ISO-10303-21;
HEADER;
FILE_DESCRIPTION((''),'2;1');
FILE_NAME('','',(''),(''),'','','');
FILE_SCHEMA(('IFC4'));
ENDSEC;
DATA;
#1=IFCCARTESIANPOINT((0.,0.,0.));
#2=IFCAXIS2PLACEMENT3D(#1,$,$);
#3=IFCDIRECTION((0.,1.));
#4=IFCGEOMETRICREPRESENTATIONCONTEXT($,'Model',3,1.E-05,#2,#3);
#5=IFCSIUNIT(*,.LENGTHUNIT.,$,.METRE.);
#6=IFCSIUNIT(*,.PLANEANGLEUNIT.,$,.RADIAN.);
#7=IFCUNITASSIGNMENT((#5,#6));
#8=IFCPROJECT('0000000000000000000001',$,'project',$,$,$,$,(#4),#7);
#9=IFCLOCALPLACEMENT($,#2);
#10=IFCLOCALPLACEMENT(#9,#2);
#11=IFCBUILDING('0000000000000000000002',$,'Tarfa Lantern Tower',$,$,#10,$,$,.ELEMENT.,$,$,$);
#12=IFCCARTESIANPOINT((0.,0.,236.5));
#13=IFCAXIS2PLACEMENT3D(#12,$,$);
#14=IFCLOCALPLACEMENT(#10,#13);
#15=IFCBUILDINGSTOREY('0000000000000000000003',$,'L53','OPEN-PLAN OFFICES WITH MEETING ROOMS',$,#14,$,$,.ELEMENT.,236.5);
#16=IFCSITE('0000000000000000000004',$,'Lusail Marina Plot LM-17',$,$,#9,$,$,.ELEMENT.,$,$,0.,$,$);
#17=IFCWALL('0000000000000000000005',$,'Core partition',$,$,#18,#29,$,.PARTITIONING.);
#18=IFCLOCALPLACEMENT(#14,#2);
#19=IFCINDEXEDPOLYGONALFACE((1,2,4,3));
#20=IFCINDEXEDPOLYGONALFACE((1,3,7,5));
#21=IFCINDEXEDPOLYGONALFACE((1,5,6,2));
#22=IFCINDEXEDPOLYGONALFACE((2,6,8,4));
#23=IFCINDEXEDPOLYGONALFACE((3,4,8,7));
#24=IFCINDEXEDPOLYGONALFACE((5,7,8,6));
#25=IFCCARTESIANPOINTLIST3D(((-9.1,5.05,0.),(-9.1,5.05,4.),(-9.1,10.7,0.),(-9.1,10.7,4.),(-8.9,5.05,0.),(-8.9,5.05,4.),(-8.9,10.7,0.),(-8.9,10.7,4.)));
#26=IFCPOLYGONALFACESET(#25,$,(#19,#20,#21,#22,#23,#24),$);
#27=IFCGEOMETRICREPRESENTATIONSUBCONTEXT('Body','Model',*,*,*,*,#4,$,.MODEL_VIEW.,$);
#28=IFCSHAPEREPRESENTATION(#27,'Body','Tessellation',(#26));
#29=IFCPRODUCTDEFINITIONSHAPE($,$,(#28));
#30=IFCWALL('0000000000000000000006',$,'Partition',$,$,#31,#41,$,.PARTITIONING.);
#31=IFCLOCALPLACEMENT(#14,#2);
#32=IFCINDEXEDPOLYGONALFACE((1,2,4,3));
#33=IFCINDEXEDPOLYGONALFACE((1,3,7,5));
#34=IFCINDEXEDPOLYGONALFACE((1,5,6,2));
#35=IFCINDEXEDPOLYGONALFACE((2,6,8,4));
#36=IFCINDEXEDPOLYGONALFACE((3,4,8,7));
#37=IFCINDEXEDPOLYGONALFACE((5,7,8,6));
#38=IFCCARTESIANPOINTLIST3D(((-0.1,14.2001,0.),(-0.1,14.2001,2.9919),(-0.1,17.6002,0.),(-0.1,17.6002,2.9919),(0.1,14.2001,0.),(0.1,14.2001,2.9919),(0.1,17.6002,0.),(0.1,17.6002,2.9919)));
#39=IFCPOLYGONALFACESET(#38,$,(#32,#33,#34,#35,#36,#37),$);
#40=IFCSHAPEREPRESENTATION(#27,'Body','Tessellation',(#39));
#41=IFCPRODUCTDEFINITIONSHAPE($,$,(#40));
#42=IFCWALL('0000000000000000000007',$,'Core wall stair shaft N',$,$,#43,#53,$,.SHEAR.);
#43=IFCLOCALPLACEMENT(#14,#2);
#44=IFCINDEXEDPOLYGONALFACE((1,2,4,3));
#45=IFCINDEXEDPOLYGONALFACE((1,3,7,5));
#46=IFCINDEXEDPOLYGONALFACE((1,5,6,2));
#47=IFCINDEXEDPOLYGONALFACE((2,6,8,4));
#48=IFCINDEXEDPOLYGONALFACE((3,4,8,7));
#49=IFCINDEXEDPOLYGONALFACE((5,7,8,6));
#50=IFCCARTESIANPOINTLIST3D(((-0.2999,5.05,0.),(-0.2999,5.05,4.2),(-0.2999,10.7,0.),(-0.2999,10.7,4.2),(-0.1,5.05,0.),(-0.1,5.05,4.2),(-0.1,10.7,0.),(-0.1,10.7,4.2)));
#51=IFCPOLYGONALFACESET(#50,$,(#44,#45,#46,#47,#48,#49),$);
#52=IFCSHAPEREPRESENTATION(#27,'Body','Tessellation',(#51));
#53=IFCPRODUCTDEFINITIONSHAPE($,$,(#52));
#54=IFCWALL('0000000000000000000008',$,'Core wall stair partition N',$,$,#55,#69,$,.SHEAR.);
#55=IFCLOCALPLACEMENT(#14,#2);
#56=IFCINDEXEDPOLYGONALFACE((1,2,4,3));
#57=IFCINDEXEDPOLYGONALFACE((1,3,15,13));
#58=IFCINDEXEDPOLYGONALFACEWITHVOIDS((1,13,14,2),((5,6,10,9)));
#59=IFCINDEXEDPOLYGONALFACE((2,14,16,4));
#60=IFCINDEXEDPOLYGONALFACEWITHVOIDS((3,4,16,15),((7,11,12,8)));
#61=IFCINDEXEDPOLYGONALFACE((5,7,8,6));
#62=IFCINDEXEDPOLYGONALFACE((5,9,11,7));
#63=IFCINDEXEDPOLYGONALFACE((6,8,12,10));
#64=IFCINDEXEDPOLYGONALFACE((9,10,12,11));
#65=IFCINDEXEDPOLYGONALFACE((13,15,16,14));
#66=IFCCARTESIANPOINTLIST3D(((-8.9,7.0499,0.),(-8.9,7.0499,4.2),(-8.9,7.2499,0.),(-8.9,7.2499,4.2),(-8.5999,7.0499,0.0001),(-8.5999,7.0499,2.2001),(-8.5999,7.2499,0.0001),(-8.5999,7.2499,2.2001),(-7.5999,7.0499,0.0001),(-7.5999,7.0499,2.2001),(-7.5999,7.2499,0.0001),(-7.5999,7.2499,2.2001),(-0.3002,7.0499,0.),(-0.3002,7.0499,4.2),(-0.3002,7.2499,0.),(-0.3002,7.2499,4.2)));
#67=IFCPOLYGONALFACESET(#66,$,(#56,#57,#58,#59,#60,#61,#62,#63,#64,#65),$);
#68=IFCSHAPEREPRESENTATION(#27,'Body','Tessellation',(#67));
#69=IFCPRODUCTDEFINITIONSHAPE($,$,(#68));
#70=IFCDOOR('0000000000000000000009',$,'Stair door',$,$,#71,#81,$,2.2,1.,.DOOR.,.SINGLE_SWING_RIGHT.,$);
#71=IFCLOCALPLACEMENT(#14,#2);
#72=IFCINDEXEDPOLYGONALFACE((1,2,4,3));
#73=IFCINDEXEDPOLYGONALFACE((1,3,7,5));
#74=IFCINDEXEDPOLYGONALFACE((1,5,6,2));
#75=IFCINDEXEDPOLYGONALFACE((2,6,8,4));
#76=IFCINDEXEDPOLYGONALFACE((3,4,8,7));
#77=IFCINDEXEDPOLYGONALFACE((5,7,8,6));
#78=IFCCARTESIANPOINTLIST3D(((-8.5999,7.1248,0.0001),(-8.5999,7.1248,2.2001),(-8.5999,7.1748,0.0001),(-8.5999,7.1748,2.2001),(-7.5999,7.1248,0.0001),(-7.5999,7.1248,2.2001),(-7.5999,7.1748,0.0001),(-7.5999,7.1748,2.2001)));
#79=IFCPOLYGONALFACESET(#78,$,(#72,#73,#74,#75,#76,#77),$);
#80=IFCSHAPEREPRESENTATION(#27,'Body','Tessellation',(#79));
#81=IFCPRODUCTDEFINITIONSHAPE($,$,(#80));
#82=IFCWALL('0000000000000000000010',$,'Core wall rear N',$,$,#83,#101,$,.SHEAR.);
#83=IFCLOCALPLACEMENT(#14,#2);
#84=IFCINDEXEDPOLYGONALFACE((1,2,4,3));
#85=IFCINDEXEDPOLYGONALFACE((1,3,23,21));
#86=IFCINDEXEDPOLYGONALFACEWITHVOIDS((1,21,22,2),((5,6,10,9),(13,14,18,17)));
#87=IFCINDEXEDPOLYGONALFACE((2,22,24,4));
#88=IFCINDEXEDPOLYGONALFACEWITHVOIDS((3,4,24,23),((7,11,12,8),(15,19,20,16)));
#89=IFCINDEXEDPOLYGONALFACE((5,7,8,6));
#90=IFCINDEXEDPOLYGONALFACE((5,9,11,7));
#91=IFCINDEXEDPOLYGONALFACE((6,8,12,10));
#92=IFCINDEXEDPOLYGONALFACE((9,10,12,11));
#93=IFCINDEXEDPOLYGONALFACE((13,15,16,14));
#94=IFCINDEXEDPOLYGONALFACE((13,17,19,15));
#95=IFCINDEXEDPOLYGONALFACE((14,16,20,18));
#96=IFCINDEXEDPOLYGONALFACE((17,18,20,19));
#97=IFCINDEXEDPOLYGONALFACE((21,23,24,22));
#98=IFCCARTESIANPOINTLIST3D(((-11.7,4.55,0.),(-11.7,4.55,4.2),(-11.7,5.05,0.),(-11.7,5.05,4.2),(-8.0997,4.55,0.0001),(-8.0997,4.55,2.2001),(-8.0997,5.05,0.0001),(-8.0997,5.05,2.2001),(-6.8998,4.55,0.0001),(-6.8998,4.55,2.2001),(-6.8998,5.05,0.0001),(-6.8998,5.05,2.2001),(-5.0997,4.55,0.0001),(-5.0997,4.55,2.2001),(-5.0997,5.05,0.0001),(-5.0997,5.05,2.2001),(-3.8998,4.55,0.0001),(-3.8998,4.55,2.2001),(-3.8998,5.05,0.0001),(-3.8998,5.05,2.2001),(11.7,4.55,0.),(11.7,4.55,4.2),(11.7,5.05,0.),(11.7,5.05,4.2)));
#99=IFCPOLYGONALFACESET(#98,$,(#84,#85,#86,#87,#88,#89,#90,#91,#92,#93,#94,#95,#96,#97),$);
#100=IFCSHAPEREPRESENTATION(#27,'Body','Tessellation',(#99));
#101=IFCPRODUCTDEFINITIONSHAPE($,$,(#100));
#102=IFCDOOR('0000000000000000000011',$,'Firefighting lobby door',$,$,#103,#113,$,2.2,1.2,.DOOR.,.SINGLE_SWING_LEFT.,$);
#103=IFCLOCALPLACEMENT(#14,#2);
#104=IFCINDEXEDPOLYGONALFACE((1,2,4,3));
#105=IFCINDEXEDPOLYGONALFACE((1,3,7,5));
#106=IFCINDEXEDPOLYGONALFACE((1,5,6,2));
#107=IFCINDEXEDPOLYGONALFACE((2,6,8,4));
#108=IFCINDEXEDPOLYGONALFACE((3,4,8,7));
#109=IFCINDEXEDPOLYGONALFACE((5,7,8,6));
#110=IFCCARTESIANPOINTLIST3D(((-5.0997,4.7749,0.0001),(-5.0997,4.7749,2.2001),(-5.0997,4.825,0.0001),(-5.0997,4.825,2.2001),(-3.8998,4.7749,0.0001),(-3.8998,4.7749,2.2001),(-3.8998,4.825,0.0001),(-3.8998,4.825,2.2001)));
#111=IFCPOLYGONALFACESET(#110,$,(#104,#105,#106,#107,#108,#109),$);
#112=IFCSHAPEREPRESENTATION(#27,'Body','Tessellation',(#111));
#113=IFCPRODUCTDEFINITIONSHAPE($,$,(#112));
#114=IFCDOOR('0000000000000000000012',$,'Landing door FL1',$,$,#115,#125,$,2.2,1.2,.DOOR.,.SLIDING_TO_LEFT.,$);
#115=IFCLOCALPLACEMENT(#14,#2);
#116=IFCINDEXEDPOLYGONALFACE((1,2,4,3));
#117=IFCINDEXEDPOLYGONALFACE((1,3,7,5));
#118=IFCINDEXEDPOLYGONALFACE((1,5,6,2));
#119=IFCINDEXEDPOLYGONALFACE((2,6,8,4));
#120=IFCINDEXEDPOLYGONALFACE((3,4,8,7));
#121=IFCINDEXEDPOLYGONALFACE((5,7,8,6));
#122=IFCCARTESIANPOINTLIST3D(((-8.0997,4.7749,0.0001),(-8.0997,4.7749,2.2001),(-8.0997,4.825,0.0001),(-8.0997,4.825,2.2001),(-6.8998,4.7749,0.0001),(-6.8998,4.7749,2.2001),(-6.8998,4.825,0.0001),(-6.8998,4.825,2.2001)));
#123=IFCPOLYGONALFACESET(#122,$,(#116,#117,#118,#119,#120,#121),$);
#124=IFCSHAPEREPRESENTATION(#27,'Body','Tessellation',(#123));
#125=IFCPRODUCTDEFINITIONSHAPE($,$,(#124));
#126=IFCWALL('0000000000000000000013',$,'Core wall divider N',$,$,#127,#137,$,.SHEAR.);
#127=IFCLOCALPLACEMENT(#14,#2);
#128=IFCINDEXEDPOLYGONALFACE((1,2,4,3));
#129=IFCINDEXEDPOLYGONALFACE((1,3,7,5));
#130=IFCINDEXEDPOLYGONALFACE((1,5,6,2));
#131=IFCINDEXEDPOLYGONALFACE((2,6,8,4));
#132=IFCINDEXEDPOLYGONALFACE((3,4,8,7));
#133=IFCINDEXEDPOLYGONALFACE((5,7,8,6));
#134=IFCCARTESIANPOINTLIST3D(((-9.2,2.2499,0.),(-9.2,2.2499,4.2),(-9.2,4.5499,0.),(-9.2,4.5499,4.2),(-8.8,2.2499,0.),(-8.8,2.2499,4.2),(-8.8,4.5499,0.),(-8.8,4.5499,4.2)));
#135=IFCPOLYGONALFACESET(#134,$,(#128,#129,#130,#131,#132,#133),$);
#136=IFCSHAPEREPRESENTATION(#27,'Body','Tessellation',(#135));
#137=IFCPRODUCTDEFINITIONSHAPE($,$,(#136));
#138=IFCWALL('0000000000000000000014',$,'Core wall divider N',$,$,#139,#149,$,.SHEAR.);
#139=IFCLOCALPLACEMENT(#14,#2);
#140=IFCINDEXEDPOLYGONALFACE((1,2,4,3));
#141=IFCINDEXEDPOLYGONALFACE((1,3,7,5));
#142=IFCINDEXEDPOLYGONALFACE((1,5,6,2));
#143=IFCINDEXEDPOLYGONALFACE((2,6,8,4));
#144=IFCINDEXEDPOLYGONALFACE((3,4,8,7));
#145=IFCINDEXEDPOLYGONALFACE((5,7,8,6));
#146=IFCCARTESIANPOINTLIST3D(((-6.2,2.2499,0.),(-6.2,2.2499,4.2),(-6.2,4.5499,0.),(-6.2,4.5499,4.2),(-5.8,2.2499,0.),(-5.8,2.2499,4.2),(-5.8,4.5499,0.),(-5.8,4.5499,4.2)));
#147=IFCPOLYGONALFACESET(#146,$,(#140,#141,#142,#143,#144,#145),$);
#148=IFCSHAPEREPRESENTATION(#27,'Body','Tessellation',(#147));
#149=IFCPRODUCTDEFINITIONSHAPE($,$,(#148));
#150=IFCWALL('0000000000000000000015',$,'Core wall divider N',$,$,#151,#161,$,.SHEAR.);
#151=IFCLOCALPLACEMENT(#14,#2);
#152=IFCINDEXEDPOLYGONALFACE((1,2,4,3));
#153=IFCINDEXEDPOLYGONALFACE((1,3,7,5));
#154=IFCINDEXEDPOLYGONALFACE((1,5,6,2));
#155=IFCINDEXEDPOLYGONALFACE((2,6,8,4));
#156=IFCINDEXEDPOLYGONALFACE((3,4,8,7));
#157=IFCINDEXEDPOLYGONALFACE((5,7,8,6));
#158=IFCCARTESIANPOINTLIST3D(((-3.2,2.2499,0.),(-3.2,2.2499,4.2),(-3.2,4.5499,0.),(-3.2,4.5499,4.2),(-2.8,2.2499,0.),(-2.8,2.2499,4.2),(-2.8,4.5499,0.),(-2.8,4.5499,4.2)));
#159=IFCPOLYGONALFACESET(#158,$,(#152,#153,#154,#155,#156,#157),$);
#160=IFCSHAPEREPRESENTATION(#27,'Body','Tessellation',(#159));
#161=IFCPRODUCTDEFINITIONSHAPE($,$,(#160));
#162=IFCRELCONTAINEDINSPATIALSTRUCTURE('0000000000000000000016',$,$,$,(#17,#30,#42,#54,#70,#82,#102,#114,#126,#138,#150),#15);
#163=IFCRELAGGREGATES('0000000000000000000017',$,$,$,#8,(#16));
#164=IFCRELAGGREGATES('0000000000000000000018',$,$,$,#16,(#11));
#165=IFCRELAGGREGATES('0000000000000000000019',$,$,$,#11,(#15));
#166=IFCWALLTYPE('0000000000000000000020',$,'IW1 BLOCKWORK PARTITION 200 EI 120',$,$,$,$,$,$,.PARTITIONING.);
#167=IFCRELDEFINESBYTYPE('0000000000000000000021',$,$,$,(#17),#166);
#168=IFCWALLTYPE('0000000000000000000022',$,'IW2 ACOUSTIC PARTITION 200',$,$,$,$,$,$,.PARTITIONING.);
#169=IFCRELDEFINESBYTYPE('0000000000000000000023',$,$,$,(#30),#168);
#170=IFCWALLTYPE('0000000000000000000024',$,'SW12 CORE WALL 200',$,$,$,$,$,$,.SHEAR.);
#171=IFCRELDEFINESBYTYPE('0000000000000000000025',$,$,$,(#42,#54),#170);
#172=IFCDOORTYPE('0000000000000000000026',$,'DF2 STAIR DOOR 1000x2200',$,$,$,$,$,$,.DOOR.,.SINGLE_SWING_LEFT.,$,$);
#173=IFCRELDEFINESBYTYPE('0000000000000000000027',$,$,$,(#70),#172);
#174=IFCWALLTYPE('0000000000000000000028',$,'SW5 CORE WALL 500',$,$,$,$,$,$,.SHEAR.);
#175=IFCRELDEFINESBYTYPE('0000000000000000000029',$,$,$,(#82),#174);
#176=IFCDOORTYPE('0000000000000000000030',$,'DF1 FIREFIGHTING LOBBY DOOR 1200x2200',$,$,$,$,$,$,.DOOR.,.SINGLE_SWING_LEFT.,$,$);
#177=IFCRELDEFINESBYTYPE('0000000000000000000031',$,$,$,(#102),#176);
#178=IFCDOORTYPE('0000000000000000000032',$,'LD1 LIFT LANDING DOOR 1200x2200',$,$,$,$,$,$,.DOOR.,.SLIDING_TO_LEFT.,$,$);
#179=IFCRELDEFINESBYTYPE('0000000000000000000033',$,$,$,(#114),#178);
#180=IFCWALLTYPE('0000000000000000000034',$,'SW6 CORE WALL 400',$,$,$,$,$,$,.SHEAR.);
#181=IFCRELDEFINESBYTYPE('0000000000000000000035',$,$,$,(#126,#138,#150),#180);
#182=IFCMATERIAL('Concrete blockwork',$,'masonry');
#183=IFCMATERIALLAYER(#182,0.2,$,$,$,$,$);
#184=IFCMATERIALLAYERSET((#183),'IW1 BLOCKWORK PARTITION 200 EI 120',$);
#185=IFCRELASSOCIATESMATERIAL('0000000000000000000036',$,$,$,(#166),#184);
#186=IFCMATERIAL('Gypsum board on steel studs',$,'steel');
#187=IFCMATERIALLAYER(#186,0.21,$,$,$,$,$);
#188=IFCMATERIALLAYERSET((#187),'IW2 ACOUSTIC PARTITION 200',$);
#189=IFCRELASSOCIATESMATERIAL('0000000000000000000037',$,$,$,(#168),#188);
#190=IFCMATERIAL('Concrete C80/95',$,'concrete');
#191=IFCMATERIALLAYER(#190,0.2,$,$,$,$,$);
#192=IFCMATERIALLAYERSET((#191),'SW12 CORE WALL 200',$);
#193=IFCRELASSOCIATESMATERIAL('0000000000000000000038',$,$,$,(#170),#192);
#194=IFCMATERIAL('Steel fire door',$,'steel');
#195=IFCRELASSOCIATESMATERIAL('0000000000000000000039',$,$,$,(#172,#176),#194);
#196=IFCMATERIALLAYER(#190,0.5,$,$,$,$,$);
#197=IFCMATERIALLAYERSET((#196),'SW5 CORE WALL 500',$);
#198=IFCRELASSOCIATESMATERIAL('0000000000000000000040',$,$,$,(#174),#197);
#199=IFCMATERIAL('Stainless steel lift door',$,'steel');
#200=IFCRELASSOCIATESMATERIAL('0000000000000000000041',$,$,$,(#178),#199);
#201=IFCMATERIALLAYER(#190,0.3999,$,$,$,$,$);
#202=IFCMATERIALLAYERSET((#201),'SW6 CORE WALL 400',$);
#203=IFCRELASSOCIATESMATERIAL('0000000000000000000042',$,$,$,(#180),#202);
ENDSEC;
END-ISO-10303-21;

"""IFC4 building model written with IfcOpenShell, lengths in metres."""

from ifc_helpers import new_model, si_unit, direction, frame, frame_2d, origin, place, context, subcontext, project, spatial, rectangle, extrude, material, layer, layer_set, type_object, element, fill, save


model = new_model("IFC4")

# Units and contexts
model_context = context("Model", 3, precision=1e-05, world=origin(), true_north=direction((0.0, 1.0)))
body_context = subcontext(model_context, "Body", "Model", "MODEL_VIEW")
ifc_project = project(units=[si_unit("LENGTHUNIT", "METRE"), si_unit("PLANEANGLEUNIT", "RADIAN")], contexts=[model_context])

# Site, building, storey
site_placement = place(None, origin())
site = spatial("IfcSite", under=ifc_project, at=site_placement, Name="Lusail Marina Plot LM-17", CompositionType="ELEMENT", RefElevation=0.0)
building_placement = place(site_placement, origin())
building = spatial("IfcBuilding", under=site, at=building_placement, Name="Tarfa Lantern Tower", CompositionType="ELEMENT")
storey_placement = place(building_placement, frame((0.0, 0.0, 236.5)))
storey = spatial("IfcBuildingStorey", under=building, at=storey_placement, Name="L53", Description="OPEN-PLAN OFFICES WITH MEETING ROOMS", CompositionType="ELEMENT", Elevation=236.5)

# Walls
ifc_material_1 = material(Name="Concrete blockwork", Category="masonry")
ifc_layer_1 = layer(ifc_material_1, 0.2)
ifc_layer_set_1 = layer_set([ifc_layer_1], Name="IW1 BLOCKWORK PARTITION 200 EI 120")
wall_type_1 = type_object("IfcWallType", Name="IW1 BLOCKWORK PARTITION 200 EI 120", PredefinedType="PARTITIONING", material=ifc_layer_set_1)
wall_1_placement = place(storey_placement, frame((-9.0, 5.05, 0.0), z_axis=(0.0, 0.0, 1.0), x_axis=(0.0, 1.0, 0.0)))
element("IfcWall", 1, at=wall_1_placement, inside=storey, type_object=wall_type_1, Name="Core partition", PredefinedType="PARTITIONING", context=body_context, shape_type="SweptSolid", body=[
    extrude(rectangle(XDim=5.6499, YDim=0.2, at=frame_2d((2.825, 0.0))), origin(), (0.0, 0.0, 1.0), 4.0),
])
ifc_material_2 = material(Name="Gypsum board on steel studs", Category="steel")
ifc_layer_2 = layer(ifc_material_2, 0.21)
ifc_layer_set_2 = layer_set([ifc_layer_2], Name="IW2 ACOUSTIC PARTITION 200")
wall_type_2 = type_object("IfcWallType", Name="IW2 ACOUSTIC PARTITION 200", PredefinedType="PARTITIONING", material=ifc_layer_set_2)
wall_2_placement = place(storey_placement, frame((0.0, 14.2, 0.0), z_axis=(0.0, 0.0, 1.0), x_axis=(0.0, 1.0, 0.0)))
element("IfcWall", 2, at=wall_2_placement, inside=storey, type_object=wall_type_2, Name="Partition", PredefinedType="PARTITIONING", context=body_context, shape_type="SweptSolid", body=[
    extrude(rectangle(XDim=3.4001, YDim=0.2, at=frame_2d((1.7002, 0.0))), origin(), (0.0, 0.0, 1.0), 2.9919),
])
ifc_material_3 = material(Name="Concrete C80/95", Category="concrete")
ifc_layer_3 = layer(ifc_material_3, 0.2)
ifc_layer_set_3 = layer_set([ifc_layer_3], Name="SW12 CORE WALL 200")
wall_type_3 = type_object("IfcWallType", Name="SW12 CORE WALL 200", PredefinedType="SHEAR", material=ifc_layer_set_3)
wall_3_placement = place(storey_placement, frame((-0.2, 5.05, 0.0), z_axis=(0.0, 0.0, 1.0), x_axis=(0.0, 1.0, 0.0)))
element("IfcWall", 3, at=wall_3_placement, inside=storey, type_object=wall_type_3, Name="Core wall stair shaft N", PredefinedType="SHEAR", context=body_context, shape_type="SweptSolid", body=[
    extrude(rectangle(XDim=5.6499, YDim=0.2, at=frame_2d((2.825, 0.0))), origin(), (0.0, 0.0, 1.0), 4.2),
])

# Wall, opening, door
wall_4_placement = place(storey_placement, frame((-8.8999, 7.1499, 0.0), z_axis=(0.0, 0.0, 1.0), x_axis=(1.0, 0.0, 0.0)))
wall_4 = element("IfcWall", 4, at=wall_4_placement, inside=storey, type_object=wall_type_3, Name="Core wall stair partition N", PredefinedType="SHEAR", context=body_context, shape_type="SweptSolid", body=[
    extrude(rectangle(XDim=8.5999, YDim=0.2, at=frame_2d((4.2998, 0.0))), origin(), (0.0, 0.0, 1.0), 4.2),
])
opening_1_placement = place(wall_4_placement, frame((0.3, 0.0, 0.0)))
opening_1 = element("IfcOpeningElement", 5, at=opening_1_placement, cuts=wall_4, PredefinedType="OPENING", context=body_context, shape_type="SweptSolid", body=[
    extrude(rectangle(XDim=1.0, YDim=2.2, at=frame_2d((0.5, 1.1001))), frame((0.0, 0.1099, 0.0), z_axis=(0.0, -1.0, 0.0), x_axis=(1.0, 0.0, 0.0)), (0.0, 0.0, 1.0), 0.22),
])
ifc_material_4 = material(Name="Steel fire door", Category="steel")
door_type_1 = type_object("IfcDoorType", Name="DF2 STAIR DOOR 1000x2200", OperationType="SINGLE_SWING_LEFT", PredefinedType="DOOR", material=ifc_material_4)
door_1_placement = place(opening_1_placement, origin())
door_1 = element("IfcDoor", 6, at=door_1_placement, inside=storey, type_object=door_type_1, Name="Stair door", OperationType="SINGLE_SWING_RIGHT", OverallHeight=2.2, OverallWidth=1.0, PredefinedType="DOOR", context=body_context, shape_type="SweptSolid", body=[
    extrude(rectangle(XDim=1.0, YDim=2.2, at=frame_2d((0.5, 1.1001))), frame((0.0, 0.0249, 0.0), z_axis=(0.0, -1.0, 0.0), x_axis=(1.0, 0.0, 0.0)), (0.0, 0.0, 1.0), 0.05),
])
fill(opening_1, door_1)

# Wall, openings, doors
ifc_layer_4 = layer(ifc_material_3, 0.5)
ifc_layer_set_4 = layer_set([ifc_layer_4], Name="SW5 CORE WALL 500")
wall_type_4 = type_object("IfcWallType", Name="SW5 CORE WALL 500", PredefinedType="SHEAR", material=ifc_layer_set_4)
wall_5_placement = place(storey_placement, frame((-11.7, 4.8, 0.0), z_axis=(0.0, 0.0, 1.0), x_axis=(1.0, 0.0, 0.0)))
wall_5 = element("IfcWall", 7, at=wall_5_placement, inside=storey, type_object=wall_type_4, Name="Core wall rear N", PredefinedType="SHEAR", context=body_context, shape_type="SweptSolid", body=[
    extrude(rectangle(XDim=23.3999, YDim=0.5, at=frame_2d((11.7, 0.0))), origin(), (0.0, 0.0, 1.0), 4.2),
])
opening_2_placement = place(wall_5_placement, frame((6.6001, 0.0, 0.0)))
opening_2 = element("IfcOpeningElement", 8, at=opening_2_placement, cuts=wall_5, PredefinedType="OPENING", context=body_context, shape_type="SweptSolid", body=[
    extrude(rectangle(XDim=1.2, YDim=2.2, at=frame_2d((0.6001, 1.1001))), frame((0.0, 0.26, 0.0), z_axis=(0.0, -1.0, 0.0), x_axis=(1.0, 0.0, 0.0)), (0.0, 0.0, 1.0), 0.52),
])
opening_3_placement = place(wall_5_placement, frame((3.6001, 0.0, 0.0)))
opening_3 = element("IfcOpeningElement", 9, at=opening_3_placement, cuts=wall_5, PredefinedType="OPENING", context=body_context, shape_type="SweptSolid", body=[
    extrude(rectangle(XDim=1.2, YDim=2.2, at=frame_2d((0.6001, 1.1001))), frame((0.0, 0.26, 0.0), z_axis=(0.0, -1.0, 0.0), x_axis=(1.0, 0.0, 0.0)), (0.0, 0.0, 1.0), 0.52),
])
door_type_2 = type_object("IfcDoorType", Name="DF1 FIREFIGHTING LOBBY DOOR 1200x2200", OperationType="SINGLE_SWING_LEFT", PredefinedType="DOOR", material=ifc_material_4)
door_2_placement = place(opening_2_placement, origin())
door_2 = element("IfcDoor", 10, at=door_2_placement, inside=storey, type_object=door_type_2, Name="Firefighting lobby door", OperationType="SINGLE_SWING_LEFT", OverallHeight=2.2, OverallWidth=1.2, PredefinedType="DOOR", context=body_context, shape_type="SweptSolid", body=[
    extrude(rectangle(XDim=1.2, YDim=2.2, at=frame_2d((0.6001, 1.1001))), frame((0.0, 0.0249, 0.0), z_axis=(0.0, -1.0, 0.0), x_axis=(1.0, 0.0, 0.0)), (0.0, 0.0, 1.0), 0.05),
])
fill(opening_2, door_2)
ifc_material_5 = material(Name="Stainless steel lift door", Category="steel")
door_type_3 = type_object("IfcDoorType", Name="LD1 LIFT LANDING DOOR 1200x2200", OperationType="SLIDING_TO_LEFT", PredefinedType="DOOR", material=ifc_material_5)
door_3_placement = place(opening_3_placement, origin())
door_3 = element("IfcDoor", 11, at=door_3_placement, inside=storey, type_object=door_type_3, Name="Landing door FL1", OperationType="SLIDING_TO_LEFT", OverallHeight=2.2, OverallWidth=1.2, PredefinedType="DOOR", context=body_context, shape_type="SweptSolid", body=[
    extrude(rectangle(XDim=1.2, YDim=2.2, at=frame_2d((0.6001, 1.1001))), frame((0.0, 0.0249, 0.0), z_axis=(0.0, -1.0, 0.0), x_axis=(1.0, 0.0, 0.0)), (0.0, 0.0, 1.0), 0.05),
])
fill(opening_3, door_3)

# Walls
ifc_layer_5 = layer(ifc_material_3, 0.3999)
ifc_layer_set_5 = layer_set([ifc_layer_5], Name="SW6 CORE WALL 400")
wall_type_5 = type_object("IfcWallType", Name="SW6 CORE WALL 400", PredefinedType="SHEAR", material=ifc_layer_set_5)
for number, where, z_axis, x_axis, name in (
    (12, (-9.0, 2.25, 0.0), (0.0, 0.0, 1.0), (0.0, 1.0, 0.0), "Core wall divider N"),
    (13, (-6.0, 2.25, 0.0), (0.0, 0.0, 1.0), (0.0, 1.0, 0.0), "Core wall divider N"),
    (14, (-3.0, 2.25, 0.0), (0.0, 0.0, 1.0), (0.0, 1.0, 0.0), "Core wall divider N"),
):
    element("IfcWall", number, at=place(storey_placement, frame(where, z_axis=z_axis, x_axis=x_axis)), inside=storey, type_object=wall_type_5, Name=name, PredefinedType="SHEAR", context=body_context, shape_type="SweptSolid", body=[
        extrude(rectangle(XDim=2.3, YDim=0.3999, at=frame_2d((1.1499, 0.0))), origin(), (0.0, 0.0, 1.0), 4.2),
    ])

save(model, "model.ifc")
